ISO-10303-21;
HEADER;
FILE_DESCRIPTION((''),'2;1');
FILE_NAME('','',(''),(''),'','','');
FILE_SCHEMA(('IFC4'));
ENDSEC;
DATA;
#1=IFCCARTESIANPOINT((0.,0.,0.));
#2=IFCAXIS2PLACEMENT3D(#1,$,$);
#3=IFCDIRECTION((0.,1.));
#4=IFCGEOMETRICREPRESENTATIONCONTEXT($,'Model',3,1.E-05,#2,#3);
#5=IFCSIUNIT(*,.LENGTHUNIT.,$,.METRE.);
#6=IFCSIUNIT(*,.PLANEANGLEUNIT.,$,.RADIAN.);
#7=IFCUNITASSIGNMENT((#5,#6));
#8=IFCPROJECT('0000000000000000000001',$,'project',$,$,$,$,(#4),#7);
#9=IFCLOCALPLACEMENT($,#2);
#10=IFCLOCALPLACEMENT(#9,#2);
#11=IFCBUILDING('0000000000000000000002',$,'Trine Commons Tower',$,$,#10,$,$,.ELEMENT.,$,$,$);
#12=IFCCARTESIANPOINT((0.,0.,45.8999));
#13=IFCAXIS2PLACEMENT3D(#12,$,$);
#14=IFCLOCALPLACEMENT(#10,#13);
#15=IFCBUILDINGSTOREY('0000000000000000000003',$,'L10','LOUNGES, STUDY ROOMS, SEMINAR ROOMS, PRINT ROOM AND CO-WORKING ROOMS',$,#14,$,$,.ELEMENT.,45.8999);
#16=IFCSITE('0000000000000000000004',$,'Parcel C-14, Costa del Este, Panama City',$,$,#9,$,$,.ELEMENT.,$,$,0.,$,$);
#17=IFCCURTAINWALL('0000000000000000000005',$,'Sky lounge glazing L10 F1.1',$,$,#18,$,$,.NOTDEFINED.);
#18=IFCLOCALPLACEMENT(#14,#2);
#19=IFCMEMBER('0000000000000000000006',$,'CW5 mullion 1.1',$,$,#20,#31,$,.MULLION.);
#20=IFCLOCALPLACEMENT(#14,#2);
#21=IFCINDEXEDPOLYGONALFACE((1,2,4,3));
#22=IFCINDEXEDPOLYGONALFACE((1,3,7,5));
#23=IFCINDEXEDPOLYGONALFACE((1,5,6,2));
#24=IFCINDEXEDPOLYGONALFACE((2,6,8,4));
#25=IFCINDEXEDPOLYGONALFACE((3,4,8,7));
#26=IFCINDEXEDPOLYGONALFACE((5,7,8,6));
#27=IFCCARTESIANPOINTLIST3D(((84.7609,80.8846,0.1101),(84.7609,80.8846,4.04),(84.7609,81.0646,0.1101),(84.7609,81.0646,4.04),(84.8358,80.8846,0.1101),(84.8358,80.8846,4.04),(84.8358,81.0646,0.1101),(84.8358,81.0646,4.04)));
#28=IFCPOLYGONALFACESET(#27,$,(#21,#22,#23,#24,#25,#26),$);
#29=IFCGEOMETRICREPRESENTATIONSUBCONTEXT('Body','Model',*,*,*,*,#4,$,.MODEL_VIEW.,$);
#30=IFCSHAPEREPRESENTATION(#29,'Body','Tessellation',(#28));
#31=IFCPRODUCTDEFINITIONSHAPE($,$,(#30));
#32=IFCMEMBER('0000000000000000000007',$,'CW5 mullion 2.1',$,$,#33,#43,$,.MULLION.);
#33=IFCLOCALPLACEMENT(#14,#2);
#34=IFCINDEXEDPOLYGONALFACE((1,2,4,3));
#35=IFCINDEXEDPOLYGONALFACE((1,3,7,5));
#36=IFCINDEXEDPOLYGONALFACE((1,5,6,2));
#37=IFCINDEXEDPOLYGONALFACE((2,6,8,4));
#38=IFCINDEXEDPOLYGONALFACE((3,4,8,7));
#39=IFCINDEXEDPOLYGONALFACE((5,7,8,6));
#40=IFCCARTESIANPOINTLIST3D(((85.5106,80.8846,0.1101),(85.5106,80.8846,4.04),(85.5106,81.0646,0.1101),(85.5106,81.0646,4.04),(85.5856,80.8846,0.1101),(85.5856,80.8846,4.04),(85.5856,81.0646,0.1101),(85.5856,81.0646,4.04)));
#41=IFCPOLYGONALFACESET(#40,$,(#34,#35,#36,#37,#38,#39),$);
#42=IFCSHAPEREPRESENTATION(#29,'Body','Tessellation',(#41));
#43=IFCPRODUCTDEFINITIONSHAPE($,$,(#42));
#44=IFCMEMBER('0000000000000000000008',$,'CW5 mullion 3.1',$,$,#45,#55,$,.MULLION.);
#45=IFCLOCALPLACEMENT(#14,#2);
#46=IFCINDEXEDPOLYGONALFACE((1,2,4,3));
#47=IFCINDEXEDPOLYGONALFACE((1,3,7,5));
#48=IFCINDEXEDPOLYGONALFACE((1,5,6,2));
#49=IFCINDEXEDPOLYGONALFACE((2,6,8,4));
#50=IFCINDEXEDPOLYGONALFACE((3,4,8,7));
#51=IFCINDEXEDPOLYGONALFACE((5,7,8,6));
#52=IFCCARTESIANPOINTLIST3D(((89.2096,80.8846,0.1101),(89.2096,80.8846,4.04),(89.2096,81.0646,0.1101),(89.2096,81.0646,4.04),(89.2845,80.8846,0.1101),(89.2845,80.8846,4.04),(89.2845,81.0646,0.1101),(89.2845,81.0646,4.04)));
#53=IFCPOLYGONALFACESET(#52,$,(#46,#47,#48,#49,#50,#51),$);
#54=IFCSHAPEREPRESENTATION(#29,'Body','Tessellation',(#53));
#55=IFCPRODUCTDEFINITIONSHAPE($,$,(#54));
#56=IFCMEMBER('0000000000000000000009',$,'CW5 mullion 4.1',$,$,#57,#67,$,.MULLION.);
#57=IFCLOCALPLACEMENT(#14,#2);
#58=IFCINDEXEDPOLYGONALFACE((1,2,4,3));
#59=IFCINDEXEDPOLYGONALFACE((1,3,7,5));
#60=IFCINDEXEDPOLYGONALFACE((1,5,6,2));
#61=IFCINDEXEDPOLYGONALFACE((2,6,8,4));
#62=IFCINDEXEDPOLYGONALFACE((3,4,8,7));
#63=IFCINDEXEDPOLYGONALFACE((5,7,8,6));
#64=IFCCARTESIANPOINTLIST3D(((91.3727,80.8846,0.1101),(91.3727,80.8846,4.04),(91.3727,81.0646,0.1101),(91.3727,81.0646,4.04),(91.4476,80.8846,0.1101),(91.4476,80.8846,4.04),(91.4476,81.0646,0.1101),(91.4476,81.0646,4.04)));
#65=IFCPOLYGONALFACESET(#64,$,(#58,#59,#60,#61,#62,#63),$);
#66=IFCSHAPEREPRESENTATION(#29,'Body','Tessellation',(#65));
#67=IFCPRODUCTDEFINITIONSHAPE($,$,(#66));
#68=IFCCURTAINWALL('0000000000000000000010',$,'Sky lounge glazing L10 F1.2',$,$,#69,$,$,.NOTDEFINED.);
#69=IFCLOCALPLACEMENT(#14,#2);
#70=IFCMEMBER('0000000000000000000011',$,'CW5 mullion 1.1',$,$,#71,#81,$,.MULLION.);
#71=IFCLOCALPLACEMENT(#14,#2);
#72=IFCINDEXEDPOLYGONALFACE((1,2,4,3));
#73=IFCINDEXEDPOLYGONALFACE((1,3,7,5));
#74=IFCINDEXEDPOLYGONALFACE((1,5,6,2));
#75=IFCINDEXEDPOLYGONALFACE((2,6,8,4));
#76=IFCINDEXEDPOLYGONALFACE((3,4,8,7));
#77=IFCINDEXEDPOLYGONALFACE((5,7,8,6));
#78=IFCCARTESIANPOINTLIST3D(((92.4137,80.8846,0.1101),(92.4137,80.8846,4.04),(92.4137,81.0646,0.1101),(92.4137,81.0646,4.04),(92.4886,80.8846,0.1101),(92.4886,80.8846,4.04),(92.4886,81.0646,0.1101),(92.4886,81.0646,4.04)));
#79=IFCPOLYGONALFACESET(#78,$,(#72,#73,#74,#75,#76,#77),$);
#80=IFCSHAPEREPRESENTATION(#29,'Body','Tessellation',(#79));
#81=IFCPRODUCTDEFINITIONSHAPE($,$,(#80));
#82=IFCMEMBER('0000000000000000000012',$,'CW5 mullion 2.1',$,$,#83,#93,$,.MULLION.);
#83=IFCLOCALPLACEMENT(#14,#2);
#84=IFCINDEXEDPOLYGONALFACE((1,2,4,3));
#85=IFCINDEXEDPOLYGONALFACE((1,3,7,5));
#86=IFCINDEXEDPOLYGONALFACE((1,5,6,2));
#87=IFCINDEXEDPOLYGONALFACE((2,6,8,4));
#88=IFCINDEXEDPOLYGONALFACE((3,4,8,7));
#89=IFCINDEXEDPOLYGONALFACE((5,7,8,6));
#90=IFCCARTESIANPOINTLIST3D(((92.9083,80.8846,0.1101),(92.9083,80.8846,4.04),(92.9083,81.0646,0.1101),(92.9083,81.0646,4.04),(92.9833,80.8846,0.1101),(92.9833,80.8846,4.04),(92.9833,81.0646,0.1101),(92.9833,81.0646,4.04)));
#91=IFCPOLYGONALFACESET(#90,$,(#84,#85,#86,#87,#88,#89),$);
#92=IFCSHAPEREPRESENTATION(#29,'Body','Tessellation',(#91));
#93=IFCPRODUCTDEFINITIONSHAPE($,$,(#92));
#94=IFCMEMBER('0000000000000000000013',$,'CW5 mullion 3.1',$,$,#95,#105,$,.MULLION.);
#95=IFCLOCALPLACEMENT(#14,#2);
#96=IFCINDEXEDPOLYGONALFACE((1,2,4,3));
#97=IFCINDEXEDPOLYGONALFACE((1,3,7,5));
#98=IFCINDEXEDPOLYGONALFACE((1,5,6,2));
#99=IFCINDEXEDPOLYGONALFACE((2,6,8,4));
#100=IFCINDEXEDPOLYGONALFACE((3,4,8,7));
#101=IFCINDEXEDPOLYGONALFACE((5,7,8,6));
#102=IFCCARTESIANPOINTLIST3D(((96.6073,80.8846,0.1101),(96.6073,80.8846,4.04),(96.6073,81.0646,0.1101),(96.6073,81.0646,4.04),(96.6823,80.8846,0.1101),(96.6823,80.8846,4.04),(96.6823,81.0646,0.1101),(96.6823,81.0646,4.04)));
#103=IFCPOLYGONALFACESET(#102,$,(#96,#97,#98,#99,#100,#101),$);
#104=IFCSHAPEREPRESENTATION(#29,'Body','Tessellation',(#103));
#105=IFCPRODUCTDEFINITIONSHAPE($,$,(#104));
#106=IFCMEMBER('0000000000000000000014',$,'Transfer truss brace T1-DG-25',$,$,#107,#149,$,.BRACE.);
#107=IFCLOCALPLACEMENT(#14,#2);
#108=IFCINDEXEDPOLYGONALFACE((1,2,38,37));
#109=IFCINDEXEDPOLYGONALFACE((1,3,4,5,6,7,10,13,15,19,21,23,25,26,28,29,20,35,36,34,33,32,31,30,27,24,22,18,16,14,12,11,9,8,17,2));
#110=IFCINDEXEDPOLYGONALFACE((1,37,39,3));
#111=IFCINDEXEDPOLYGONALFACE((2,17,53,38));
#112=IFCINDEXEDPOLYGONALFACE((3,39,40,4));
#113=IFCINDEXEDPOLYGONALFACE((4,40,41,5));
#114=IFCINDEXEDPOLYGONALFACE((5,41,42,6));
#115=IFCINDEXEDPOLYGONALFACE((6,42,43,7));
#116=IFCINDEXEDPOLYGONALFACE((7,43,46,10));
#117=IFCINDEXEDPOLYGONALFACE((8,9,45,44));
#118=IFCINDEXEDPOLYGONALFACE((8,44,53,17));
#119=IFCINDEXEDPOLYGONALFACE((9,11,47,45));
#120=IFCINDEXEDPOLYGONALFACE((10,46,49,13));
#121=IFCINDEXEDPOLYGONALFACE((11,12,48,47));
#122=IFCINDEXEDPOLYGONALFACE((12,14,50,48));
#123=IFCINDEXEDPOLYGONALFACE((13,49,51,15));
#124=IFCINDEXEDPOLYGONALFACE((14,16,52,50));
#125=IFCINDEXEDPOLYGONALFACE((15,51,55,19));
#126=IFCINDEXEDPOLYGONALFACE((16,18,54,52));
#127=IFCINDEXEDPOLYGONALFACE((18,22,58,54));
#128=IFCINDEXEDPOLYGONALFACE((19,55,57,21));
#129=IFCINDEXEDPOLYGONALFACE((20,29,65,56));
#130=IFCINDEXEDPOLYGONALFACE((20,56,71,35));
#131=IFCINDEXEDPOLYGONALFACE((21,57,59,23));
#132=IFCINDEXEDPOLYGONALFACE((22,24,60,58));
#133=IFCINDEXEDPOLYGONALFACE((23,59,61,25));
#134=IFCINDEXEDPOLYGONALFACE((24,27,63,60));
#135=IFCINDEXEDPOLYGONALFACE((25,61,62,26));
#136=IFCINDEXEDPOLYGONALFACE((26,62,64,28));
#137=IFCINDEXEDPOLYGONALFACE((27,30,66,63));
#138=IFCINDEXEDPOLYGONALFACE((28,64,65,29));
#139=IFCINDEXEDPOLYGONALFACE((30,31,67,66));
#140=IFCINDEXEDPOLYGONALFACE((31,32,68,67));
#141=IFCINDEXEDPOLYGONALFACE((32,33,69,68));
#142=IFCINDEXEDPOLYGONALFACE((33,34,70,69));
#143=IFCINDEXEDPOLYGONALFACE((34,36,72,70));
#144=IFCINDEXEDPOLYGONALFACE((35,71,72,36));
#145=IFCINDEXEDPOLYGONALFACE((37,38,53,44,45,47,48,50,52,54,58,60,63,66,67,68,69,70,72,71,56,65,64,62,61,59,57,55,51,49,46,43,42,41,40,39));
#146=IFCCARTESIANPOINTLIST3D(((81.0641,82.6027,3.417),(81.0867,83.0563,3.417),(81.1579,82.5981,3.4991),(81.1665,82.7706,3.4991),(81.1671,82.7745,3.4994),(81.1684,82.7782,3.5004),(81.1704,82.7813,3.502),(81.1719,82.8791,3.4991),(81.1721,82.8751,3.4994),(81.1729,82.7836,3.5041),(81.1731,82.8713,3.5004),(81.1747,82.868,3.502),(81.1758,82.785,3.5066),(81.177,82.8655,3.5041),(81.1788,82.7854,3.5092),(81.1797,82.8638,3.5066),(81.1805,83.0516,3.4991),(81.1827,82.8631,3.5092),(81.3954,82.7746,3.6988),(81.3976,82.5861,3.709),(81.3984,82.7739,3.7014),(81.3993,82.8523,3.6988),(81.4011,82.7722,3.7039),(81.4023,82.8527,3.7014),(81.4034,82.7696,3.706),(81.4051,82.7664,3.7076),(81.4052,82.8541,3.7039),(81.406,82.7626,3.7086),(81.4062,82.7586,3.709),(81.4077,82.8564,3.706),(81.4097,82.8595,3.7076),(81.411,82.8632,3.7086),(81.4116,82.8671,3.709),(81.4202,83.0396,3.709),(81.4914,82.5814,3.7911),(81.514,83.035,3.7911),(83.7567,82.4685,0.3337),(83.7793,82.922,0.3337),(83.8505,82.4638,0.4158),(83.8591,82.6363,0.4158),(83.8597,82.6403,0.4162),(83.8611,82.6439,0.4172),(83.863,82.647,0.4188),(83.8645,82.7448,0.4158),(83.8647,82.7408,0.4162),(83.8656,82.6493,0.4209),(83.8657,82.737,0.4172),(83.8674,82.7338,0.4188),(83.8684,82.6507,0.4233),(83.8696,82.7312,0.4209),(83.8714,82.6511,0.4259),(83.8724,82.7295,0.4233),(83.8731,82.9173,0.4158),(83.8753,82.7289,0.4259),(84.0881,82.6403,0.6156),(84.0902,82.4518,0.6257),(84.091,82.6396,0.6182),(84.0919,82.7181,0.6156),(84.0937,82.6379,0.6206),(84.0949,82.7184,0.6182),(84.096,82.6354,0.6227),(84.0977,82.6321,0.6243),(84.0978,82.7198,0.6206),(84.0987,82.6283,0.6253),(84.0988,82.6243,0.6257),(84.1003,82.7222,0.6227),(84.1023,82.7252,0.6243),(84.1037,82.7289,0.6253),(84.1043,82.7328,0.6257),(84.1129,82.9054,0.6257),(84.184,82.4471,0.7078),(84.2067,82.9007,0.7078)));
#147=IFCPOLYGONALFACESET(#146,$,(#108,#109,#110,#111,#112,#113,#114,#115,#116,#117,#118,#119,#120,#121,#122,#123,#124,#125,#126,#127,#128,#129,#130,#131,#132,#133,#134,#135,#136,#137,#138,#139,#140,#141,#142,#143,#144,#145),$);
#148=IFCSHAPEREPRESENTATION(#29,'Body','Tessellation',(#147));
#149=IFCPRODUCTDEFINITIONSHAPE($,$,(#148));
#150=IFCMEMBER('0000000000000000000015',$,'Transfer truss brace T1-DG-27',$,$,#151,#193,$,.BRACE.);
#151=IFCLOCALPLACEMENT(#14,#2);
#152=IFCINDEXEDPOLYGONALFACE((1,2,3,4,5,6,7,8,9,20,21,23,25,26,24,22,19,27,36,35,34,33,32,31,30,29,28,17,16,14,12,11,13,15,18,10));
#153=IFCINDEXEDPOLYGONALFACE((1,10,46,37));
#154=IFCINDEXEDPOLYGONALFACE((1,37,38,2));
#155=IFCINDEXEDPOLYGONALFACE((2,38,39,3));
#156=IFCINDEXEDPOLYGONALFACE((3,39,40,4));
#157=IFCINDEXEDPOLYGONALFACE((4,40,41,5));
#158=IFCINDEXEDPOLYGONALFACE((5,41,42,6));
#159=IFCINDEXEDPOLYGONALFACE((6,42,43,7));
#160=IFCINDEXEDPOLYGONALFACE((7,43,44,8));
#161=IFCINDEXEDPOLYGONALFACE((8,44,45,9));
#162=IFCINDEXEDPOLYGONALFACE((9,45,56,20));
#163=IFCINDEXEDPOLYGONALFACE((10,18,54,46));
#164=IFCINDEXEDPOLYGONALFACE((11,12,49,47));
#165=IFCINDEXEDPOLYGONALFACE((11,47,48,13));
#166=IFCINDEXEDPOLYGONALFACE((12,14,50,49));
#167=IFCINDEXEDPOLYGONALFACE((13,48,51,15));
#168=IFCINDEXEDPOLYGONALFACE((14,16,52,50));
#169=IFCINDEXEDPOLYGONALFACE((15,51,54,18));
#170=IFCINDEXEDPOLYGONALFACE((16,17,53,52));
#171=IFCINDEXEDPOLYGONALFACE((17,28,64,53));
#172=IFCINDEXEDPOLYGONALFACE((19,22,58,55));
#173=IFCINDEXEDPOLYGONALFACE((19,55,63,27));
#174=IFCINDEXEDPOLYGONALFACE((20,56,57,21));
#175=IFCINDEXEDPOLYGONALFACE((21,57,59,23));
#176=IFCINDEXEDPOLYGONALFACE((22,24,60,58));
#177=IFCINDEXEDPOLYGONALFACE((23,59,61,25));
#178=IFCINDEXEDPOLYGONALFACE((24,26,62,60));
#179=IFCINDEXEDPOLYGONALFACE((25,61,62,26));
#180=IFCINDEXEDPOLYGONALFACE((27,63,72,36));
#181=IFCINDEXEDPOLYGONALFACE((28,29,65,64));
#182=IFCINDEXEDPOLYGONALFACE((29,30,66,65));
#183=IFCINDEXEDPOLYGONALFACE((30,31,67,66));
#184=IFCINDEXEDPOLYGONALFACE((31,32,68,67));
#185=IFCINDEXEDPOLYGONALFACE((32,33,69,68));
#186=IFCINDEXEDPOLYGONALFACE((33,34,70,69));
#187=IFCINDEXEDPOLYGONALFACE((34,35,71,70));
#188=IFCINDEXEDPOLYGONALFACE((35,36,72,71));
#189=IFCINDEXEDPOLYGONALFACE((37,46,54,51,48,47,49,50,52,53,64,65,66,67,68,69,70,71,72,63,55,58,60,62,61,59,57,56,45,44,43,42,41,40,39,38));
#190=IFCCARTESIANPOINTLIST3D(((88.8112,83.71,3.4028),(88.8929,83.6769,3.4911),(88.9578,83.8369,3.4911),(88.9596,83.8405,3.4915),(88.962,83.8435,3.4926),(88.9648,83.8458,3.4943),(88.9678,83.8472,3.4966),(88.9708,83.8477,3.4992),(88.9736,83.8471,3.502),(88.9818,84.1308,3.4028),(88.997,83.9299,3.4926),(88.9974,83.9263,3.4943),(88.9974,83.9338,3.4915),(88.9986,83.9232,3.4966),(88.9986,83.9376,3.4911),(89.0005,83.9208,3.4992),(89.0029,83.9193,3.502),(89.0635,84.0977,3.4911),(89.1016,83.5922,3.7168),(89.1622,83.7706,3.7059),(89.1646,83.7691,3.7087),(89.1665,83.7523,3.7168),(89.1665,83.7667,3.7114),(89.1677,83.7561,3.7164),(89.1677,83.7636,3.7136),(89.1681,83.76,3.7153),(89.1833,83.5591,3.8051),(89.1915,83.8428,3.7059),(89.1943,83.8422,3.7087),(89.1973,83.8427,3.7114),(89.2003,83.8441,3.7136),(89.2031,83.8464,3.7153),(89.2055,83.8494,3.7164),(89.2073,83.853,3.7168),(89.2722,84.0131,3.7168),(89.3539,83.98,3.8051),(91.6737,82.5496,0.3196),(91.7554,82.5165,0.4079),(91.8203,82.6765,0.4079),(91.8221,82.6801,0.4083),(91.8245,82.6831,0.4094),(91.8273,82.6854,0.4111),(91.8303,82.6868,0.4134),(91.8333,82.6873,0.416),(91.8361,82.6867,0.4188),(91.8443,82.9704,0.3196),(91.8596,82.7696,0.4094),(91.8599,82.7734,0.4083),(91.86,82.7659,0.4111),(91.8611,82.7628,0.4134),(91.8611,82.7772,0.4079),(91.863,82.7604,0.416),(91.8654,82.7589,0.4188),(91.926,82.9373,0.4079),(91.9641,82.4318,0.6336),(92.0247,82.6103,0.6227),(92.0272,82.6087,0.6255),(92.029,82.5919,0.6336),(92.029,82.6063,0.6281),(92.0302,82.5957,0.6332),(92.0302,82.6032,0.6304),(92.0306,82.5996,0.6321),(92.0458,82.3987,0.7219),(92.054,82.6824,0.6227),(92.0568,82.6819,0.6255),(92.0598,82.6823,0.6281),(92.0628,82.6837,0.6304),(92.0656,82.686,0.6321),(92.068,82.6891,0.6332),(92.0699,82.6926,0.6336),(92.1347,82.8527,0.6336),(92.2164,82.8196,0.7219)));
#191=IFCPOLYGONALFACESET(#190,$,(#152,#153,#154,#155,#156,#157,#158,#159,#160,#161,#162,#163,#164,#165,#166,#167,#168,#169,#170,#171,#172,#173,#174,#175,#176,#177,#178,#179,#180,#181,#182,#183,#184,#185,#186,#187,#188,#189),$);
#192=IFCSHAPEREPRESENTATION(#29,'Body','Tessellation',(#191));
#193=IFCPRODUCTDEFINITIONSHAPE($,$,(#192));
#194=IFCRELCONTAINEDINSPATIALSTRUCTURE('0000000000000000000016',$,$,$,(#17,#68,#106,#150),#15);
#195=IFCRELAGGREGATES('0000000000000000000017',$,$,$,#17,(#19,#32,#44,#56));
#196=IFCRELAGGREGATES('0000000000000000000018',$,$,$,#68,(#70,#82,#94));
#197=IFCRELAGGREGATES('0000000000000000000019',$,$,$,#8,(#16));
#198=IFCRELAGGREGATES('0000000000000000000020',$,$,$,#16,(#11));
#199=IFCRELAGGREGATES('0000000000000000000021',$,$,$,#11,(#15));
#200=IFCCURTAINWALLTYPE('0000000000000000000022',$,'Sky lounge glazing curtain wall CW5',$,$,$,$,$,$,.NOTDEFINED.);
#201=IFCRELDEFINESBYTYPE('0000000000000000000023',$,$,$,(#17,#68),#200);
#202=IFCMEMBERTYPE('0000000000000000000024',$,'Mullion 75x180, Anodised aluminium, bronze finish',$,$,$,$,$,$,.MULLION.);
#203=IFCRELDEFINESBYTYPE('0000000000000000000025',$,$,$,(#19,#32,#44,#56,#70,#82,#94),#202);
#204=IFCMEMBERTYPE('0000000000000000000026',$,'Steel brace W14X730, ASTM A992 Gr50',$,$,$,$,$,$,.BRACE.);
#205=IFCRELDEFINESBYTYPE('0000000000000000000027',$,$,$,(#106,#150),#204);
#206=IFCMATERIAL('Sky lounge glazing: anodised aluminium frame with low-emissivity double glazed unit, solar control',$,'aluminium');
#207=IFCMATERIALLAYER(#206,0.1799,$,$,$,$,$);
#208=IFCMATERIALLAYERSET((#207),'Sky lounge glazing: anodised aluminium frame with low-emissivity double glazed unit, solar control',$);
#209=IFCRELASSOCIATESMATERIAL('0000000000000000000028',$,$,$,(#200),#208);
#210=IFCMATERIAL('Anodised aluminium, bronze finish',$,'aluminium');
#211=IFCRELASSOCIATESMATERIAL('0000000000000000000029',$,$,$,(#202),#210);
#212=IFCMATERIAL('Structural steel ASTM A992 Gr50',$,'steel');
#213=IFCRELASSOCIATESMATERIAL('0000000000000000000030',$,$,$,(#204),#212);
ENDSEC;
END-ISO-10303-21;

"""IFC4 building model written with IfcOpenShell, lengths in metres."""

from ifc_helpers import new_model, si_unit, direction, frame, origin, origin_2d, place, context, subcontext, project, spatial, rectangle, i_section, extrude, material, layer, layer_set, material_profile, profile_set, type_object, element, aggregate, save


model = new_model("IFC4")

# Units and contexts
model_context = context("Model", 3, precision=1e-05, world=origin(), true_north=direction((0.0, 1.0)))
body_context = subcontext(model_context, "Body", "Model", "MODEL_VIEW")
ifc_project = project(units=[si_unit("LENGTHUNIT", "METRE"), si_unit("PLANEANGLEUNIT", "RADIAN")], contexts=[model_context])

# Site, building, storey
site_placement = place(None, origin())
site = spatial("IfcSite", under=ifc_project, at=site_placement, Name="Parcel C-14, Costa del Este, Panama City", CompositionType="ELEMENT", RefElevation=0.0)
building_placement = place(site_placement, origin())
building = spatial("IfcBuilding", under=site, at=building_placement, Name="Trine Commons Tower", CompositionType="ELEMENT")
storey_placement = place(building_placement, frame((0.0, 0.0, 45.8999)))
storey = spatial("IfcBuildingStorey", under=building, at=storey_placement, Name="L10", Description="LOUNGES, STUDY ROOMS, SEMINAR ROOMS, PRINT ROOM AND CO-WORKING ROOMS", CompositionType="ELEMENT", Elevation=45.8999)

# Curtain walls, members
ifc_material_1 = material(Name="Sky lounge glazing: anodised aluminium frame with low-emissivity double glazed unit, solar control", Category="aluminium")
ifc_layer_1 = layer(ifc_material_1, 0.1799)
ifc_layer_set_1 = layer_set([ifc_layer_1], Name="Sky lounge glazing: anodised aluminium frame with low-emissivity double glazed unit, solar control")
curtain_wall_type = type_object("IfcCurtainWallType", Name="Sky lounge glazing curtain wall CW5", PredefinedType="NOTDEFINED", material=ifc_layer_set_1)
curtain_wall_1_placement = place(storey_placement, origin())
curtain_wall_1 = element("IfcCurtainWall", 1, at=curtain_wall_1_placement, inside=storey, type_object=curtain_wall_type, Name="Sky lounge glazing L10 F1.1", PredefinedType="NOTDEFINED")
ifc_material_2 = material(Name="Anodised aluminium, bronze finish", Category="aluminium")
ifc_material_profile_1 = material_profile(ifc_material_2, rectangle(XDim=0.1799, YDim=0.075, at=origin_2d()), Name="Mullion 75x180")
ifc_profile_set_1 = profile_set([ifc_material_profile_1], Name="Anodised aluminium, bronze finish")
member_type_1 = type_object("IfcMemberType", Name="Mullion 75x180, Anodised aluminium, bronze finish", PredefinedType="MULLION", material=ifc_profile_set_1)
member_1_placement = place(storey_placement, frame((84.7983, 80.9746, 0.1101), z_axis=(0.0, 0.0, 1.0), x_axis=(0.0, 1.0, 0.0)))
member_1 = element("IfcMember", 2, at=member_1_placement, type_object=member_type_1, Name="CW5 mullion 1.1", PredefinedType="MULLION", context=body_context, shape_type="SweptSolid", body=[
    extrude(rectangle(XDim=0.1799, YDim=0.075, at=origin_2d()), origin(), (0.0, 0.0, 1.0), 3.9299),
])
member_2_placement = place(storey_placement, frame((85.5481, 80.9746, 0.1101), z_axis=(0.0, 0.0, 1.0), x_axis=(0.0, 1.0, 0.0)))
member_2 = element("IfcMember", 3, at=member_2_placement, type_object=member_type_1, Name="CW5 mullion 2.1", PredefinedType="MULLION", context=body_context, shape_type="SweptSolid", body=[
    extrude(rectangle(XDim=0.1799, YDim=0.075, at=origin_2d()), origin(), (0.0, 0.0, 1.0), 3.9299),
])
member_3_placement = place(storey_placement, frame((89.2471, 80.9746, 0.1101), z_axis=(0.0, 0.0, 1.0), x_axis=(0.0, 1.0, 0.0)))
member_3 = element("IfcMember", 4, at=member_3_placement, type_object=member_type_1, Name="CW5 mullion 3.1", PredefinedType="MULLION", context=body_context, shape_type="SweptSolid", body=[
    extrude(rectangle(XDim=0.1799, YDim=0.075, at=origin_2d()), origin(), (0.0, 0.0, 1.0), 3.9299),
])
member_4_placement = place(storey_placement, frame((91.4102, 80.9746, 0.1101), z_axis=(0.0, 0.0, 1.0), x_axis=(0.0, 1.0, 0.0)))
member_4 = element("IfcMember", 5, at=member_4_placement, type_object=member_type_1, Name="CW5 mullion 4.1", PredefinedType="MULLION", context=body_context, shape_type="SweptSolid", body=[
    extrude(rectangle(XDim=0.1799, YDim=0.075, at=origin_2d()), origin(), (0.0, 0.0, 1.0), 3.9299),
])
curtain_wall_2_placement = place(storey_placement, origin())
curtain_wall_2 = element("IfcCurtainWall", 6, at=curtain_wall_2_placement, inside=storey, type_object=curtain_wall_type, Name="Sky lounge glazing L10 F1.2", PredefinedType="NOTDEFINED")
member_5_placement = place(storey_placement, frame((92.4512, 80.9746, 0.1101), z_axis=(0.0, 0.0, 1.0), x_axis=(0.0, 1.0, 0.0)))
member_5 = element("IfcMember", 7, at=member_5_placement, type_object=member_type_1, Name="CW5 mullion 1.1", PredefinedType="MULLION", context=body_context, shape_type="SweptSolid", body=[
    extrude(rectangle(XDim=0.1799, YDim=0.075, at=origin_2d()), origin(), (0.0, 0.0, 1.0), 3.9299),
])
member_6_placement = place(storey_placement, frame((92.9458, 80.9746, 0.1101), z_axis=(0.0, 0.0, 1.0), x_axis=(0.0, 1.0, 0.0)))
member_6 = element("IfcMember", 8, at=member_6_placement, type_object=member_type_1, Name="CW5 mullion 2.1", PredefinedType="MULLION", context=body_context, shape_type="SweptSolid", body=[
    extrude(rectangle(XDim=0.1799, YDim=0.075, at=origin_2d()), origin(), (0.0, 0.0, 1.0), 3.9299),
])
member_7_placement = place(storey_placement, frame((96.6448, 80.9746, 0.1101), z_axis=(0.0, 0.0, 1.0), x_axis=(0.0, 1.0, 0.0)))
member_7 = element("IfcMember", 9, at=member_7_placement, type_object=member_type_1, Name="CW5 mullion 3.1", PredefinedType="MULLION", context=body_context, shape_type="SweptSolid", body=[
    extrude(rectangle(XDim=0.1799, YDim=0.075, at=origin_2d()), origin(), (0.0, 0.0, 1.0), 3.9299),
])

# Members
ifc_material_3 = material(Name="Structural steel ASTM A992 Gr50", Category="steel")
ifc_material_profile_2 = material_profile(ifc_material_3, i_section(OverallWidth=0.4541, OverallDepth=0.5684, WebThickness=0.0779, FlangeThickness=0.1248, FilletRadius=0.0154, at=origin_2d()), Name="W14X730")
ifc_profile_set_2 = profile_set([ifc_material_profile_2], Name="Structural steel ASTM A992 Gr50")
member_type_2 = type_object("IfcMemberType", Name="Steel brace W14X730, ASTM A992 Gr50", PredefinedType="BRACE", material=ifc_profile_set_2)
member_8_placement = place(storey_placement, frame((83.9817, 82.6846, 0.5208), z_axis=(-0.657429, 0.032785, 0.752803), x_axis=(-0.049807, -0.998759, 0.0)))
element("IfcMember", 10, at=member_8_placement, inside=storey, type_object=member_type_2, Name="Transfer truss brace T1-DG-25", PredefinedType="BRACE", context=body_context, shape_type="SweptSolid", body=[
    extrude(i_section(OverallWidth=0.4541, OverallDepth=0.5684, WebThickness=0.0779, FlangeThickness=0.1248, FilletRadius=0.0154, at=origin_2d()), origin(), (0.0, 0.0, 1.0), 4.0957),
])
member_9_placement = place(storey_placement, frame((91.9451, 82.6846, 0.5208), z_axis=(-0.6559, 0.265884, 0.70647), x_axis=(-0.375679, -0.92675, 0.0)))
element("IfcMember", 11, at=member_9_placement, inside=storey, type_object=member_type_2, Name="Transfer truss brace T1-DG-27", PredefinedType="BRACE", context=body_context, shape_type="SweptSolid", body=[
    extrude(i_section(OverallWidth=0.4541, OverallDepth=0.5684, WebThickness=0.0779, FlangeThickness=0.1248, FilletRadius=0.0154, at=origin_2d()), origin(), (0.0, 0.0, 1.0), 4.3643),
])

aggregate(curtain_wall_1, [member_1, member_2, member_3, member_4])
aggregate(curtain_wall_2, [member_5, member_6, member_7])

save(model, "model.ifc")
